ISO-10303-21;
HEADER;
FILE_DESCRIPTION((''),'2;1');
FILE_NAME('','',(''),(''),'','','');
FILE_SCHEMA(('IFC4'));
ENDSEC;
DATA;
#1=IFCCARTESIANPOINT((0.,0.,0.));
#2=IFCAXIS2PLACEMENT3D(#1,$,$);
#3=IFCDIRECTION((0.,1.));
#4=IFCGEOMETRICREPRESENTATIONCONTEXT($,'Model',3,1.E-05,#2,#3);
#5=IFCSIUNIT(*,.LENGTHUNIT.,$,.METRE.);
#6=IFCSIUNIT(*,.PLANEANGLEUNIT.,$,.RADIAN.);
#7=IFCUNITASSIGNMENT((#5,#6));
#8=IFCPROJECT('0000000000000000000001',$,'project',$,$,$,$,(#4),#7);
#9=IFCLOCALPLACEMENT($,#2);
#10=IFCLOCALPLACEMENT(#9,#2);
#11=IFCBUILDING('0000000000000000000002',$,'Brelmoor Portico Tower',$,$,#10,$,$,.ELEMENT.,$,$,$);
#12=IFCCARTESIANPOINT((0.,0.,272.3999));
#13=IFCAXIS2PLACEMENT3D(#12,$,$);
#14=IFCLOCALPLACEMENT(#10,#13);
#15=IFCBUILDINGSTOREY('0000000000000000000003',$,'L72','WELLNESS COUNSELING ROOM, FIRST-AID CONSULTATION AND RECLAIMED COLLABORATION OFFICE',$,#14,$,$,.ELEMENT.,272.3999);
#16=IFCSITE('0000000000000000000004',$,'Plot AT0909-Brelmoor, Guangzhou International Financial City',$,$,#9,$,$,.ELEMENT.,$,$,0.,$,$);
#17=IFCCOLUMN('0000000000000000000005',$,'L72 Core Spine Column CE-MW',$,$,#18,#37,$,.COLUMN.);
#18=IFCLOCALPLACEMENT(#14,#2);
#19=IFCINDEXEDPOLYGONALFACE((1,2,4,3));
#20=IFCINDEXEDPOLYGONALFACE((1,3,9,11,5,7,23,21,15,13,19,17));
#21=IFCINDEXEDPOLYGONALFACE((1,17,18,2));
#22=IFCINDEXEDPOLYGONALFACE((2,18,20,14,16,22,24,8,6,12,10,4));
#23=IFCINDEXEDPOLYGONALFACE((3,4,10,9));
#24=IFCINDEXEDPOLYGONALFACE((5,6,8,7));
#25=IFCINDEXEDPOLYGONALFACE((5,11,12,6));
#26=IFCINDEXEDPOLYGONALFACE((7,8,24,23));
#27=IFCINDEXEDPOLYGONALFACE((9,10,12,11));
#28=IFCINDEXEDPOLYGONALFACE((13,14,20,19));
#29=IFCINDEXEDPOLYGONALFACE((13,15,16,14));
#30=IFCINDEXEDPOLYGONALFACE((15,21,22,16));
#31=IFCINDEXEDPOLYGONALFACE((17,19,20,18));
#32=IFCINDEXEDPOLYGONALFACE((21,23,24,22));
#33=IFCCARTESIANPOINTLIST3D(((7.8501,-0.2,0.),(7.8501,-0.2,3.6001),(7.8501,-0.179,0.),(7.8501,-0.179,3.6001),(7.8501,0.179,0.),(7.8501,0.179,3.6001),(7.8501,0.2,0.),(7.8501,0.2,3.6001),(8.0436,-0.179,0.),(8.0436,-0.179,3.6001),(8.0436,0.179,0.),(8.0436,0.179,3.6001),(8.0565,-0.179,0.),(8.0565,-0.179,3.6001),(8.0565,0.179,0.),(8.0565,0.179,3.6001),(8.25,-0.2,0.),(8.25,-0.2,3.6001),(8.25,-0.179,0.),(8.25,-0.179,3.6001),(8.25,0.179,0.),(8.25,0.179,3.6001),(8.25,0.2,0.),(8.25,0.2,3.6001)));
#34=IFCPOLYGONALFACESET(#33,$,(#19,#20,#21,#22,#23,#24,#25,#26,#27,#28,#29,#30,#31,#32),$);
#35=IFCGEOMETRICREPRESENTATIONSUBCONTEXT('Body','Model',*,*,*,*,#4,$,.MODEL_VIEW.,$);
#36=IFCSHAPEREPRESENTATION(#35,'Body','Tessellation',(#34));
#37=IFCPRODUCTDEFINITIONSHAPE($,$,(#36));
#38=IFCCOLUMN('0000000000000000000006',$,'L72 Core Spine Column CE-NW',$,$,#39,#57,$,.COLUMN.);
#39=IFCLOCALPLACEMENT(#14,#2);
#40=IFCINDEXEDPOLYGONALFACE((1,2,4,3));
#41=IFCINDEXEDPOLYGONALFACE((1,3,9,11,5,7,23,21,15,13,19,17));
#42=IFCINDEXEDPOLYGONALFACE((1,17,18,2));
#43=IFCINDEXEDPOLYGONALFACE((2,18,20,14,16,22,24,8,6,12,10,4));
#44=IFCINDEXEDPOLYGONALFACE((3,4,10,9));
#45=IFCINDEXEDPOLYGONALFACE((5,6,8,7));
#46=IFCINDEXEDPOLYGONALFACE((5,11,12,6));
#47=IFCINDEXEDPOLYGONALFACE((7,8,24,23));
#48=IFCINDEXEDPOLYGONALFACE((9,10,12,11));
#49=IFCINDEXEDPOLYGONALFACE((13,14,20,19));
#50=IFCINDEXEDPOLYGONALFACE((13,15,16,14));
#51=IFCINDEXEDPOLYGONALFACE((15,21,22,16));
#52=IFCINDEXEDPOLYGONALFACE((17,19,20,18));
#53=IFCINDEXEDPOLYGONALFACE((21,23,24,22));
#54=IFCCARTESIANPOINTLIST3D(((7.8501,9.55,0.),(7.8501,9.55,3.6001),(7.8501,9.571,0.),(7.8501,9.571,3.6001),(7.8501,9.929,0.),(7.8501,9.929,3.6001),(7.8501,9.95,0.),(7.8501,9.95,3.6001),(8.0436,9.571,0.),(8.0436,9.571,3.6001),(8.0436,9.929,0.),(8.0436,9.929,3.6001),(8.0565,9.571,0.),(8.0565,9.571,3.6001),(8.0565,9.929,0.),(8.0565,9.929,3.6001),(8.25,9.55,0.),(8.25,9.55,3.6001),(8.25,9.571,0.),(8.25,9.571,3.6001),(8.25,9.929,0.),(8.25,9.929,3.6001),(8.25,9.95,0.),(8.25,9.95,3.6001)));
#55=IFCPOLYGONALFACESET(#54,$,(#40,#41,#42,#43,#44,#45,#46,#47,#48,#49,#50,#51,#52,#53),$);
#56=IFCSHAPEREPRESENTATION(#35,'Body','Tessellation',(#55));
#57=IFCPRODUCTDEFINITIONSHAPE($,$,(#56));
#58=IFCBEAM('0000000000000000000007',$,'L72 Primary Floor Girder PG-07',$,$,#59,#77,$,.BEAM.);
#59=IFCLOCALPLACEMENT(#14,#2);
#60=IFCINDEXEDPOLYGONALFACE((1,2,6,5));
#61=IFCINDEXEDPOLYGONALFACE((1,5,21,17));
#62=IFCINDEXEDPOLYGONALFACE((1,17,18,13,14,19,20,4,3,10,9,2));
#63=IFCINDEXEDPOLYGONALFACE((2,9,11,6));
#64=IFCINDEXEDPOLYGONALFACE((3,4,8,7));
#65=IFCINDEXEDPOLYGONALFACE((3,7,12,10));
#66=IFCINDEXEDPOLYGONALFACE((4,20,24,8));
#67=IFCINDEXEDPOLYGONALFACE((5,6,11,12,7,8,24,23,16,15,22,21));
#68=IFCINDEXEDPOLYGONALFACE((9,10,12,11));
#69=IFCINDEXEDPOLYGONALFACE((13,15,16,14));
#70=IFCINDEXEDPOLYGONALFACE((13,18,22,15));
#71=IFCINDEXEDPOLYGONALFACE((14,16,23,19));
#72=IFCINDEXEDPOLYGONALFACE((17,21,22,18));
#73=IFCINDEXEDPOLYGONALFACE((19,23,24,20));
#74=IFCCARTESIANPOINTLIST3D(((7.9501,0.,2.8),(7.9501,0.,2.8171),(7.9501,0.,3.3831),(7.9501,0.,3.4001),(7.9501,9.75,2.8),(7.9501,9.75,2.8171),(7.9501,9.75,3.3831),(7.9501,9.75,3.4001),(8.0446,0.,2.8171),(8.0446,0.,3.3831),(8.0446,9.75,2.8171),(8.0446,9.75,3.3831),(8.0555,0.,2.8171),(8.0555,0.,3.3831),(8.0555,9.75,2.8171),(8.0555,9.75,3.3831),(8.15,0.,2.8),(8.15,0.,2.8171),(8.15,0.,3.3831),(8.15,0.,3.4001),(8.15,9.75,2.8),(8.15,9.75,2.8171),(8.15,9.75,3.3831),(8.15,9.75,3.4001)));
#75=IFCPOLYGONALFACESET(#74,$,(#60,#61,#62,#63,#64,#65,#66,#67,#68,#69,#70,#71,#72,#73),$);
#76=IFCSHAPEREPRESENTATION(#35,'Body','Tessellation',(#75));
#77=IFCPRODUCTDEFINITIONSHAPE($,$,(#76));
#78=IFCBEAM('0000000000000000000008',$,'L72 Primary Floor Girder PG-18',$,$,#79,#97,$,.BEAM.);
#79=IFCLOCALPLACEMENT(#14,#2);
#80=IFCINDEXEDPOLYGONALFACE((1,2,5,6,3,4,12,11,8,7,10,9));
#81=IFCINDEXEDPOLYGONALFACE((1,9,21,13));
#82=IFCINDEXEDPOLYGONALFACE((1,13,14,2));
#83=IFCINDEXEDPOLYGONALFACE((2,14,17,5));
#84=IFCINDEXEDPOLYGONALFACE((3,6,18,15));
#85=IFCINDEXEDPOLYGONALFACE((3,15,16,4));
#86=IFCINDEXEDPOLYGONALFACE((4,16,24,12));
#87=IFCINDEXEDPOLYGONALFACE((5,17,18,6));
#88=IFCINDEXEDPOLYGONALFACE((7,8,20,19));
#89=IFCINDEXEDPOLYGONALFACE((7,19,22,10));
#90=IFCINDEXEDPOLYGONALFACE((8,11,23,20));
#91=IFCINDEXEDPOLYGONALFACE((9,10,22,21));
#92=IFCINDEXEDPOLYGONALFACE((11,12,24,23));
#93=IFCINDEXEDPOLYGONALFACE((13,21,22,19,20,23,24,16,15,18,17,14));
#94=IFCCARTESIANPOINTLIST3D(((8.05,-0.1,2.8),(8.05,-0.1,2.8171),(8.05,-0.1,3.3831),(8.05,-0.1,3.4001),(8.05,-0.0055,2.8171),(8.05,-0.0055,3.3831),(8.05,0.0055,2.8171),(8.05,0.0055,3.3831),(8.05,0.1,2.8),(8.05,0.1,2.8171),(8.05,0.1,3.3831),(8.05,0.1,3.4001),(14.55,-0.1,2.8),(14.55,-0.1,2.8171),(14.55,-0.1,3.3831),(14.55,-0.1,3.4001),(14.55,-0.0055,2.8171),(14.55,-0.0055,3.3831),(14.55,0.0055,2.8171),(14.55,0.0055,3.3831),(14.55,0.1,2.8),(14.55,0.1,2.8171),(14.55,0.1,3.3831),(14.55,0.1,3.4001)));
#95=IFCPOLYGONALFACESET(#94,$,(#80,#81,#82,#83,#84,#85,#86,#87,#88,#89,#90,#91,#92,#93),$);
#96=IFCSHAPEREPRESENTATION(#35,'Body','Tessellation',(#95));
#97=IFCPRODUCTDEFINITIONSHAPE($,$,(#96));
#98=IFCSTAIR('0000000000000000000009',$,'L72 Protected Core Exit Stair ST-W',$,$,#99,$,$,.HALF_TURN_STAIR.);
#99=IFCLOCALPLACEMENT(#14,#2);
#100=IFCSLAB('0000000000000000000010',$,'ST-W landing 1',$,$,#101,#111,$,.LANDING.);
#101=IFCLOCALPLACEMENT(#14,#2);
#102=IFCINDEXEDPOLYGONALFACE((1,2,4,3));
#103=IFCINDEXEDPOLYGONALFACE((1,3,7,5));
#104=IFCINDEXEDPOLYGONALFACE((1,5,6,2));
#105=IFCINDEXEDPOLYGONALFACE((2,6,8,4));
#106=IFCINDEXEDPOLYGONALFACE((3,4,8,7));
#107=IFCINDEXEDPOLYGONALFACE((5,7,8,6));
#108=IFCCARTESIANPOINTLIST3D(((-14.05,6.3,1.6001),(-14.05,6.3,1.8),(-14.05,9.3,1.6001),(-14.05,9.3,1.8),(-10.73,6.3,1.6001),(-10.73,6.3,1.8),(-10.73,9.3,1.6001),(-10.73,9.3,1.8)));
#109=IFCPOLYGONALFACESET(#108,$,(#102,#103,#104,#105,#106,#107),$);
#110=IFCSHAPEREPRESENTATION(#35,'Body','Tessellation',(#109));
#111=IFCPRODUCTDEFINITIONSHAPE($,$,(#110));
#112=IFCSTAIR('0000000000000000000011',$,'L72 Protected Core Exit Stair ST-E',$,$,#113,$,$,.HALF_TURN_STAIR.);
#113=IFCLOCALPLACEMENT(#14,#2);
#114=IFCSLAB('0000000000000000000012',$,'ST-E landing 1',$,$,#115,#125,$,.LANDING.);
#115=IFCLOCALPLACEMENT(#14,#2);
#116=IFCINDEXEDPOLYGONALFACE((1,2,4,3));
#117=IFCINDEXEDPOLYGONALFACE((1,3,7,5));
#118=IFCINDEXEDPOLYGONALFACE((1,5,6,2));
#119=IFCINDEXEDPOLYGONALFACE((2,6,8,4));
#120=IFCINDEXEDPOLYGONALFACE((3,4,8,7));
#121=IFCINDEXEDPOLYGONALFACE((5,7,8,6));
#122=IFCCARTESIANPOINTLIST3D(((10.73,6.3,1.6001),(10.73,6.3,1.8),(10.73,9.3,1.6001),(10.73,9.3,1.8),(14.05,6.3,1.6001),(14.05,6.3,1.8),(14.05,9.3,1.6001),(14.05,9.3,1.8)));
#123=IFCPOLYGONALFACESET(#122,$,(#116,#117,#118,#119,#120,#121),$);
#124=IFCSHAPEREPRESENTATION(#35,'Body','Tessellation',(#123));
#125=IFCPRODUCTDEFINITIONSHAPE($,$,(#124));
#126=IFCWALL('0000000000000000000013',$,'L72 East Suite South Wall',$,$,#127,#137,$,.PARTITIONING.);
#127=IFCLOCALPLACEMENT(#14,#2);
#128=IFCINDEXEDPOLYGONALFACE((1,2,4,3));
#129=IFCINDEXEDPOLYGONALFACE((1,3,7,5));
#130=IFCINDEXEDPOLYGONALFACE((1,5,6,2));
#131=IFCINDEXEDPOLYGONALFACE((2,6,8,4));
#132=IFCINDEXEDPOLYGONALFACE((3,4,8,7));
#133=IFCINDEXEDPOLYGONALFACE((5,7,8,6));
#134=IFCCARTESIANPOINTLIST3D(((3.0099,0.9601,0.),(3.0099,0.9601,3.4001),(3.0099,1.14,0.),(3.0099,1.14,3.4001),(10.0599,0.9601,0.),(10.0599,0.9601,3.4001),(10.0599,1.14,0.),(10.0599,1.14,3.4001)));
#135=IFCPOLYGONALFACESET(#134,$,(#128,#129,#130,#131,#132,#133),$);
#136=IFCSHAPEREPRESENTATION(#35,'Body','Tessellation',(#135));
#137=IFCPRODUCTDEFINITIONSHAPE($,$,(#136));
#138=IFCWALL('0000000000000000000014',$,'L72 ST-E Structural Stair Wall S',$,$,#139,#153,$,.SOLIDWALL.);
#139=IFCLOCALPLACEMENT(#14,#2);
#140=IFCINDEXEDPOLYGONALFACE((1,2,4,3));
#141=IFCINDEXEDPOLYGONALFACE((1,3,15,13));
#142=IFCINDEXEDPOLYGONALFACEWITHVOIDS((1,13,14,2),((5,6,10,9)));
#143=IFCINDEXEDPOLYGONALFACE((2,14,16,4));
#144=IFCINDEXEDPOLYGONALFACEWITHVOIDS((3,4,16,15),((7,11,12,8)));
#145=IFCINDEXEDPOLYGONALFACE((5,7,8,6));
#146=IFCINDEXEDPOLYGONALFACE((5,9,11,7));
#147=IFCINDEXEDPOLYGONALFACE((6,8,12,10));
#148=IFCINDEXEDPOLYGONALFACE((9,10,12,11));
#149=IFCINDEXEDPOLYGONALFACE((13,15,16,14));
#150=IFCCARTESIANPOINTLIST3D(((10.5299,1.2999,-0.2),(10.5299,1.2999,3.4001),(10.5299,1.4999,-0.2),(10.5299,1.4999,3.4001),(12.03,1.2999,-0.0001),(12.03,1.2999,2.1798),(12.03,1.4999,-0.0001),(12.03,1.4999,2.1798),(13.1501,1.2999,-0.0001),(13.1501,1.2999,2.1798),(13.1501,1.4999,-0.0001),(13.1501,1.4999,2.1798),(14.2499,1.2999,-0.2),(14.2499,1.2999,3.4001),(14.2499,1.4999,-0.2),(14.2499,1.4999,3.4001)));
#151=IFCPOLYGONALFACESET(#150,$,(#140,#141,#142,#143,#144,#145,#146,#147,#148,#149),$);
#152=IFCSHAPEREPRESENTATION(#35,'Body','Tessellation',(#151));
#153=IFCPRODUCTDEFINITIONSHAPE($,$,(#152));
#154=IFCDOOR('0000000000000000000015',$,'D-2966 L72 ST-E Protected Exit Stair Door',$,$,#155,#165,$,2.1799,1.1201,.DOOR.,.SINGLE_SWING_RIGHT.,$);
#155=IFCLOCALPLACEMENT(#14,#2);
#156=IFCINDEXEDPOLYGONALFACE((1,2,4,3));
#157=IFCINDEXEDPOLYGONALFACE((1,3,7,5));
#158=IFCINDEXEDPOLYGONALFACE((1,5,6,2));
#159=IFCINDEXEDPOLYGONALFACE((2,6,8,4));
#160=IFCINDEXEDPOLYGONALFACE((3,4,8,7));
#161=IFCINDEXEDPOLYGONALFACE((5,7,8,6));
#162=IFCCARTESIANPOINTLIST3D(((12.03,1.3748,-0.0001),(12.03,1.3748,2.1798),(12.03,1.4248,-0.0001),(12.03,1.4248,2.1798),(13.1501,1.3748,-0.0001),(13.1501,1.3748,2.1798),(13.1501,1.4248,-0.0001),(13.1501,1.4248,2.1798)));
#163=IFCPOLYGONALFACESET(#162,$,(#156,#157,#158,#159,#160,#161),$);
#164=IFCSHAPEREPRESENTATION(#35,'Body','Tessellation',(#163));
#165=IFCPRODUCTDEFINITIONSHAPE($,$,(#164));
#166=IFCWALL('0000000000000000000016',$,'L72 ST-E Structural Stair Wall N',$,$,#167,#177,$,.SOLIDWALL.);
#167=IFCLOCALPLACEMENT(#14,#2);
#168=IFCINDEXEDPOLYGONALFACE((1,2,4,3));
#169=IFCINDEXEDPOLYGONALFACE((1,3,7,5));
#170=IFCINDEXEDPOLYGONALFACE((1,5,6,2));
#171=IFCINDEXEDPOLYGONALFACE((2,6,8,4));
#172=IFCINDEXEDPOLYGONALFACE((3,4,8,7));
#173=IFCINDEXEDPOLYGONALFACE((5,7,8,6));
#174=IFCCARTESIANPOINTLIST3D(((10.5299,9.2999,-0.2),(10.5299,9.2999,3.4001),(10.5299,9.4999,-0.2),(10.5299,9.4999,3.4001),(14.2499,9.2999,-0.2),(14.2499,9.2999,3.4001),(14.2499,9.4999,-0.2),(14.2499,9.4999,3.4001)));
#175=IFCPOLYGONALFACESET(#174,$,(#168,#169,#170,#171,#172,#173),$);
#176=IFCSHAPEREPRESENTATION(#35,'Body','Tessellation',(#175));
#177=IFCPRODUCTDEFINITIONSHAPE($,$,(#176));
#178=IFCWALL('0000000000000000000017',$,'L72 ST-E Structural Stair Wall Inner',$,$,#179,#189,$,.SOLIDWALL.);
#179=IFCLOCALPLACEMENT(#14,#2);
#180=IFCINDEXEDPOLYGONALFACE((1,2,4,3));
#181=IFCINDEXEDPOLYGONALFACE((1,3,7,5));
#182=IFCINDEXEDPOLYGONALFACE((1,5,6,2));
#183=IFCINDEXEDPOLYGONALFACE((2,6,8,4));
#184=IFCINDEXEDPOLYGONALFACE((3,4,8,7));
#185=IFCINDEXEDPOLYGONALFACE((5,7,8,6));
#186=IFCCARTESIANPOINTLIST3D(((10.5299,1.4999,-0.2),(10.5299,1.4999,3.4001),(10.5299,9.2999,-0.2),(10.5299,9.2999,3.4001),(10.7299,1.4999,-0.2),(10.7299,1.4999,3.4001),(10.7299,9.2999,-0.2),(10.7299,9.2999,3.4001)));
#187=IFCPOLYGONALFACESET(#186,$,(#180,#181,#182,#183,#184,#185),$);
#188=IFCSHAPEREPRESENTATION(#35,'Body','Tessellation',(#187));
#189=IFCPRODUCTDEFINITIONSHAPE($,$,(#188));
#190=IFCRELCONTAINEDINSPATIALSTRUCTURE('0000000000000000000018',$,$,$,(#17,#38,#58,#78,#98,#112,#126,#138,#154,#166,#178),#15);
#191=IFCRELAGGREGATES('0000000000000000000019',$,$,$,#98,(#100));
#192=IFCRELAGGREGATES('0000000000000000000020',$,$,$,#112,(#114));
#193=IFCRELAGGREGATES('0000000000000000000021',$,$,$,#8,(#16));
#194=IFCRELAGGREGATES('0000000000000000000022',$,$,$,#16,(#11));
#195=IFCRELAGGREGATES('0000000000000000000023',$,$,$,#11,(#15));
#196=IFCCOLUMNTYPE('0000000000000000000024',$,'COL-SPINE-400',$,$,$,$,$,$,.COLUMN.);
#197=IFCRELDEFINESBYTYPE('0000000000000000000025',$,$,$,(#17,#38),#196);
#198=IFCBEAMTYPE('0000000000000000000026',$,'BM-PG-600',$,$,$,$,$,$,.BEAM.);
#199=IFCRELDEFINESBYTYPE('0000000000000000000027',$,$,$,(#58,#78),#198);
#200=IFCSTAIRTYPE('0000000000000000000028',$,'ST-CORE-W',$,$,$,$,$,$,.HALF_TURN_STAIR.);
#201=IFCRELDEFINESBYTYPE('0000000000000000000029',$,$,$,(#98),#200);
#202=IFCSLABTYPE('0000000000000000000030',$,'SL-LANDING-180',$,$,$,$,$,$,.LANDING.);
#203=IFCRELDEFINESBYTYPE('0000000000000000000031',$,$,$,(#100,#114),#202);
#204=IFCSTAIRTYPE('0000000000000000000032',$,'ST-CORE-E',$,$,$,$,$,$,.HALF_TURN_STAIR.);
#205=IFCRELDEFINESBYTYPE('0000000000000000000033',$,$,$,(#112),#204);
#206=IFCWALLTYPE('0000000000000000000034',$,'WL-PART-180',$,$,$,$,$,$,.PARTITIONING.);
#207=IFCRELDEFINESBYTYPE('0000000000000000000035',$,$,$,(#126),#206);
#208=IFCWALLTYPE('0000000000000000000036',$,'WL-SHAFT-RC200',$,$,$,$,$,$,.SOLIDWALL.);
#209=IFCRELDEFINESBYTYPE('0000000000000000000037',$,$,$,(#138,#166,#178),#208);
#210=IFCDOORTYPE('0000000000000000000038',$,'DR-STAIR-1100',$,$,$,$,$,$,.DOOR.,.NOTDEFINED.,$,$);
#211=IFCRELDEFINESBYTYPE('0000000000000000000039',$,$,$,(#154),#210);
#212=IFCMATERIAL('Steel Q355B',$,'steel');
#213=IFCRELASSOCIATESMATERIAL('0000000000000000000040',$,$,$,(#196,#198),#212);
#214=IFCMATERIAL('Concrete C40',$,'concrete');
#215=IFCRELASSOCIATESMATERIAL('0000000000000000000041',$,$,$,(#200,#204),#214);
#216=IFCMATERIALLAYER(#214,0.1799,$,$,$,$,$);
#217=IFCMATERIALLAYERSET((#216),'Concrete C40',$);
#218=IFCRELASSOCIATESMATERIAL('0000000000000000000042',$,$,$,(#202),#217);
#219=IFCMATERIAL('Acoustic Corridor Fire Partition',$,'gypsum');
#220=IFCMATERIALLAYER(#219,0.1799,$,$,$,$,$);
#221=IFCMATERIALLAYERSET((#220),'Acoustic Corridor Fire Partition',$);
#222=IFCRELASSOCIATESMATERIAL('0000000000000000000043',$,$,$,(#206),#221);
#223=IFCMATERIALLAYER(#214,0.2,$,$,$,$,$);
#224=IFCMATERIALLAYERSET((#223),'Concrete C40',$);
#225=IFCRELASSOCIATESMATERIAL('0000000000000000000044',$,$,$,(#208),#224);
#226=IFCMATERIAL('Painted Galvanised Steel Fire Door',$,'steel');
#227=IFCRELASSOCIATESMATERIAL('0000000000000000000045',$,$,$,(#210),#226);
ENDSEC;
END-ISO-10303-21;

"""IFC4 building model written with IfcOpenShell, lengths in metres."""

from ifc_helpers import new_model, si_unit, direction, frame, frame_2d, origin, origin_2d, place, context, subcontext, project, spatial, polyline, rectangle, i_section, outline, extrude, material, layer, layer_set, material_profile, profile_set, type_object, element, fill, aggregate, save


model = new_model("IFC4")

# Units and contexts
model_context = context("Model", 3, precision=1e-05, world=origin(), true_north=direction((0.0, 1.0)))
body_context = subcontext(model_context, "Body", "Model", "MODEL_VIEW")
ifc_project = project(units=[si_unit("LENGTHUNIT", "METRE"), si_unit("PLANEANGLEUNIT", "RADIAN")], contexts=[model_context])

# Site, building, storey
site_placement = place(None, origin())
site = spatial("IfcSite", under=ifc_project, at=site_placement, Name="Plot AT0909-Brelmoor, Guangzhou International Financial City", CompositionType="ELEMENT", RefElevation=0.0)
building_placement = place(site_placement, origin())
building = spatial("IfcBuilding", under=site, at=building_placement, Name="Brelmoor Portico Tower", CompositionType="ELEMENT")
storey_placement = place(building_placement, frame((0.0, 0.0, 272.3999)))
storey = spatial("IfcBuildingStorey", under=building, at=storey_placement, Name="L72", Description="WELLNESS COUNSELING ROOM, FIRST-AID CONSULTATION AND RECLAIMED COLLABORATION OFFICE", CompositionType="ELEMENT", Elevation=272.3999)

# Columns
ifc_material_1 = material(Name="Steel Q355B", Category="steel")
ifc_material_profile_1 = material_profile(ifc_material_1, i_section(OverallWidth=0.3999, OverallDepth=0.3999, WebThickness=0.0129, FlangeThickness=0.021, at=origin_2d()), Name="HW 400x400x13x21")
ifc_profile_set_1 = profile_set([ifc_material_profile_1], Name="Steel Q355B")
column_type = type_object("IfcColumnType", Name="COL-SPINE-400", PredefinedType="COLUMN", material=ifc_profile_set_1)
for number, where, z_axis, x_axis, name in (
    (1, (8.05, 0.0, 0.0), (0.0, 0.0, 1.0), (1.0, 0.0, 0.0), "L72 Core Spine Column CE-MW"),
    (2, (8.05, 9.75, 0.0), (0.0, 0.0, 1.0), (1.0, 0.0, 0.0), "L72 Core Spine Column CE-NW"),
):
    element("IfcColumn", number, at=place(storey_placement, frame(where, z_axis=z_axis, x_axis=x_axis)), inside=storey, type_object=column_type, Name=name, PredefinedType="COLUMN", context=body_context, shape_type="SweptSolid", body=[
        extrude(i_section(OverallWidth=0.3999, OverallDepth=0.3999, WebThickness=0.0129, FlangeThickness=0.021, at=origin_2d()), origin(), (0.0, 0.0, 1.0), 3.6001),
    ])

# Beams
ifc_material_profile_2 = material_profile(ifc_material_1, i_section(OverallWidth=0.2, OverallDepth=0.6001, WebThickness=0.011, FlangeThickness=0.0171, at=origin_2d()), Name="HN 600x200x11x17")
ifc_profile_set_2 = profile_set([ifc_material_profile_2], Name="Steel Q355B")
beam_type = type_object("IfcBeamType", Name="BM-PG-600", PredefinedType="BEAM", material=ifc_profile_set_2)
beam_1_placement = place(storey_placement, frame((8.05, 0.0, 3.1001), z_axis=(0.0, 1.0, 0.0), x_axis=(-1.0, 0.0, 0.0)))
element("IfcBeam", 3, at=beam_1_placement, inside=storey, type_object=beam_type, Name="L72 Primary Floor Girder PG-07", PredefinedType="BEAM", context=body_context, shape_type="SweptSolid", body=[
    extrude(i_section(OverallWidth=0.2, OverallDepth=0.6001, WebThickness=0.011, FlangeThickness=0.0171, at=origin_2d()), origin(), (0.0, 0.0, 1.0), 9.75),
])
beam_2_placement = place(storey_placement, frame((8.05, 0.0, 3.1001), z_axis=(1.0, 0.0, 0.0), x_axis=(0.0, 1.0, 0.0)))
element("IfcBeam", 4, at=beam_2_placement, inside=storey, type_object=beam_type, Name="L72 Primary Floor Girder PG-18", PredefinedType="BEAM", context=body_context, shape_type="SweptSolid", body=[
    extrude(i_section(OverallWidth=0.2, OverallDepth=0.6001, WebThickness=0.011, FlangeThickness=0.0171, at=origin_2d()), origin(), (0.0, 0.0, 1.0), 6.5),
])

# Stairs, slabs
ifc_material_2 = material(Name="Concrete C40", Category="concrete")
stair_type_1 = type_object("IfcStairType", Name="ST-CORE-W", PredefinedType="HALF_TURN_STAIR", material=ifc_material_2)
stair_1_placement = place(storey_placement, origin())
stair_1 = element("IfcStair", 5, at=stair_1_placement, inside=storey, type_object=stair_type_1, Name="L72 Protected Core Exit Stair ST-W", PredefinedType="HALF_TURN_STAIR")
ifc_layer_1 = layer(ifc_material_2, 0.1799)
ifc_layer_set_1 = layer_set([ifc_layer_1], Name="Concrete C40")
slab_type = type_object("IfcSlabType", Name="SL-LANDING-180", PredefinedType="LANDING", material=ifc_layer_set_1)
slab_1_placement = place(storey_placement, frame((0.0, 0.0, 1.6001)))
slab_1 = element("IfcSlab", 6, at=slab_1_placement, type_object=slab_type, Name="ST-W landing 1", PredefinedType="LANDING", context=body_context, shape_type="SweptSolid", body=[
    extrude(outline(polyline([(-10.73, 6.3), (-10.73, 9.3), (-14.05, 9.3), (-14.05, 6.3), (-10.73, 6.3)])), origin(), (0.0, 0.0, 1.0), 0.2),
])
aggregate(stair_1, [slab_1])
stair_type_2 = type_object("IfcStairType", Name="ST-CORE-E", PredefinedType="HALF_TURN_STAIR", material=ifc_material_2)
stair_2_placement = place(storey_placement, origin())
stair_2 = element("IfcStair", 7, at=stair_2_placement, inside=storey, type_object=stair_type_2, Name="L72 Protected Core Exit Stair ST-E", PredefinedType="HALF_TURN_STAIR")
slab_2_placement = place(storey_placement, frame((0.0, 0.0, 1.6001)))
slab_2 = element("IfcSlab", 8, at=slab_2_placement, type_object=slab_type, Name="ST-E landing 1", PredefinedType="LANDING", context=body_context, shape_type="SweptSolid", body=[
    extrude(outline(polyline([(14.05, 6.3), (14.05, 9.3), (10.73, 9.3), (10.73, 6.3), (14.05, 6.3)])), origin(), (0.0, 0.0, 1.0), 0.2),
])

# Wall
ifc_material_3 = material(Name="Acoustic Corridor Fire Partition", Category="gypsum")
ifc_layer_2 = layer(ifc_material_3, 0.1799)
ifc_layer_set_2 = layer_set([ifc_layer_2], Name="Acoustic Corridor Fire Partition")
wall_type_1 = type_object("IfcWallType", Name="WL-PART-180", PredefinedType="PARTITIONING", material=ifc_layer_set_2)
wall_1_placement = place(storey_placement, frame((3.01, 1.05, 0.0), z_axis=(0.0, 0.0, 1.0), x_axis=(1.0, 0.0, 0.0)))
element("IfcWall", 9, at=wall_1_placement, inside=storey, type_object=wall_type_1, Name="L72 East Suite South Wall", PredefinedType="PARTITIONING", context=body_context, shape_type="SweptSolid", body=[
    extrude(rectangle(XDim=7.05, YDim=0.1799, at=frame_2d((3.5249, 0.0))), origin(), (0.0, 0.0, 1.0), 3.4001),
])

# Wall, opening, door
ifc_material_4 = material(Name="Painted Galvanised Steel Fire Door", Category="steel")
ifc_layer_3 = layer(ifc_material_2, 0.2)
ifc_layer_set_3 = layer_set([ifc_layer_3], Name="Concrete C40")
wall_type_2 = type_object("IfcWallType", Name="WL-SHAFT-RC200", PredefinedType="SOLIDWALL", material=ifc_layer_set_3)
wall_2_placement = place(storey_placement, frame((10.53, 1.3999, -0.2), z_axis=(0.0, 0.0, 1.0), x_axis=(1.0, 0.0, 0.0)))
wall_2 = element("IfcWall", 10, at=wall_2_placement, inside=storey, type_object=wall_type_2, Name="L72 ST-E Structural Stair Wall S", PredefinedType="SOLIDWALL", context=body_context, shape_type="SweptSolid", body=[
    extrude(rectangle(XDim=3.72, YDim=0.2, at=frame_2d((1.8599, 0.0))), origin(), (0.0, 0.0, 1.0), 3.6001),
])
opening_1_placement = place(wall_2_placement, frame((1.5, 0.0, 0.2)))
opening_1 = element("IfcOpeningElement", 11, at=opening_1_placement, cuts=wall_2, PredefinedType="OPENING", context=body_context, shape_type="SweptSolid", body=[
    extrude(rectangle(XDim=1.1201, YDim=2.1799, at=frame_2d((0.5601, 1.0898))), frame((0.0, 0.1099, 0.0), z_axis=(0.0, -1.0, 0.0), x_axis=(1.0, 0.0, 0.0)), (0.0, 0.0, 1.0), 0.22),
])
door_type_1 = type_object("IfcDoorType", Name="DR-STAIR-1100", OperationType="NOTDEFINED", PredefinedType="DOOR", material=ifc_material_4)
door_1_placement = place(opening_1_placement, origin())
door_1 = element("IfcDoor", 12, at=door_1_placement, inside=storey, type_object=door_type_1, Name="D-2966 L72 ST-E Protected Exit Stair Door", OperationType="SINGLE_SWING_RIGHT", OverallHeight=2.1799, OverallWidth=1.1201, PredefinedType="DOOR", context=body_context, shape_type="SweptSolid", body=[
    extrude(rectangle(XDim=1.1201, YDim=2.1799, at=frame_2d((0.5601, 1.0898))), frame((0.0, 0.0249, 0.0), z_axis=(0.0, -1.0, 0.0), x_axis=(1.0, 0.0, 0.0)), (0.0, 0.0, 1.0), 0.05),
])
fill(opening_1, door_1)

# Walls
wall_3_placement = place(storey_placement, frame((10.53, 9.3999, -0.2), z_axis=(0.0, 0.0, 1.0), x_axis=(1.0, 0.0, 0.0)))
element("IfcWall", 13, at=wall_3_placement, inside=storey, type_object=wall_type_2, Name="L72 ST-E Structural Stair Wall N", PredefinedType="SOLIDWALL", context=body_context, shape_type="SweptSolid", body=[
    extrude(rectangle(XDim=3.72, YDim=0.2, at=frame_2d((1.8599, 0.0))), origin(), (0.0, 0.0, 1.0), 3.6001),
])
wall_4_placement = place(storey_placement, frame((10.6299, 1.5, -0.2), z_axis=(0.0, 0.0, 1.0), x_axis=(0.0, 1.0, 0.0)))
element("IfcWall", 14, at=wall_4_placement, inside=storey, type_object=wall_type_2, Name="L72 ST-E Structural Stair Wall Inner", PredefinedType="SOLIDWALL", context=body_context, shape_type="SweptSolid", body=[
    extrude(rectangle(XDim=7.8, YDim=0.2, at=frame_2d((3.8999, 0.0))), origin(), (0.0, 0.0, 1.0), 3.6001),
])

aggregate(stair_2, [slab_2])

save(model, "model.ifc")
